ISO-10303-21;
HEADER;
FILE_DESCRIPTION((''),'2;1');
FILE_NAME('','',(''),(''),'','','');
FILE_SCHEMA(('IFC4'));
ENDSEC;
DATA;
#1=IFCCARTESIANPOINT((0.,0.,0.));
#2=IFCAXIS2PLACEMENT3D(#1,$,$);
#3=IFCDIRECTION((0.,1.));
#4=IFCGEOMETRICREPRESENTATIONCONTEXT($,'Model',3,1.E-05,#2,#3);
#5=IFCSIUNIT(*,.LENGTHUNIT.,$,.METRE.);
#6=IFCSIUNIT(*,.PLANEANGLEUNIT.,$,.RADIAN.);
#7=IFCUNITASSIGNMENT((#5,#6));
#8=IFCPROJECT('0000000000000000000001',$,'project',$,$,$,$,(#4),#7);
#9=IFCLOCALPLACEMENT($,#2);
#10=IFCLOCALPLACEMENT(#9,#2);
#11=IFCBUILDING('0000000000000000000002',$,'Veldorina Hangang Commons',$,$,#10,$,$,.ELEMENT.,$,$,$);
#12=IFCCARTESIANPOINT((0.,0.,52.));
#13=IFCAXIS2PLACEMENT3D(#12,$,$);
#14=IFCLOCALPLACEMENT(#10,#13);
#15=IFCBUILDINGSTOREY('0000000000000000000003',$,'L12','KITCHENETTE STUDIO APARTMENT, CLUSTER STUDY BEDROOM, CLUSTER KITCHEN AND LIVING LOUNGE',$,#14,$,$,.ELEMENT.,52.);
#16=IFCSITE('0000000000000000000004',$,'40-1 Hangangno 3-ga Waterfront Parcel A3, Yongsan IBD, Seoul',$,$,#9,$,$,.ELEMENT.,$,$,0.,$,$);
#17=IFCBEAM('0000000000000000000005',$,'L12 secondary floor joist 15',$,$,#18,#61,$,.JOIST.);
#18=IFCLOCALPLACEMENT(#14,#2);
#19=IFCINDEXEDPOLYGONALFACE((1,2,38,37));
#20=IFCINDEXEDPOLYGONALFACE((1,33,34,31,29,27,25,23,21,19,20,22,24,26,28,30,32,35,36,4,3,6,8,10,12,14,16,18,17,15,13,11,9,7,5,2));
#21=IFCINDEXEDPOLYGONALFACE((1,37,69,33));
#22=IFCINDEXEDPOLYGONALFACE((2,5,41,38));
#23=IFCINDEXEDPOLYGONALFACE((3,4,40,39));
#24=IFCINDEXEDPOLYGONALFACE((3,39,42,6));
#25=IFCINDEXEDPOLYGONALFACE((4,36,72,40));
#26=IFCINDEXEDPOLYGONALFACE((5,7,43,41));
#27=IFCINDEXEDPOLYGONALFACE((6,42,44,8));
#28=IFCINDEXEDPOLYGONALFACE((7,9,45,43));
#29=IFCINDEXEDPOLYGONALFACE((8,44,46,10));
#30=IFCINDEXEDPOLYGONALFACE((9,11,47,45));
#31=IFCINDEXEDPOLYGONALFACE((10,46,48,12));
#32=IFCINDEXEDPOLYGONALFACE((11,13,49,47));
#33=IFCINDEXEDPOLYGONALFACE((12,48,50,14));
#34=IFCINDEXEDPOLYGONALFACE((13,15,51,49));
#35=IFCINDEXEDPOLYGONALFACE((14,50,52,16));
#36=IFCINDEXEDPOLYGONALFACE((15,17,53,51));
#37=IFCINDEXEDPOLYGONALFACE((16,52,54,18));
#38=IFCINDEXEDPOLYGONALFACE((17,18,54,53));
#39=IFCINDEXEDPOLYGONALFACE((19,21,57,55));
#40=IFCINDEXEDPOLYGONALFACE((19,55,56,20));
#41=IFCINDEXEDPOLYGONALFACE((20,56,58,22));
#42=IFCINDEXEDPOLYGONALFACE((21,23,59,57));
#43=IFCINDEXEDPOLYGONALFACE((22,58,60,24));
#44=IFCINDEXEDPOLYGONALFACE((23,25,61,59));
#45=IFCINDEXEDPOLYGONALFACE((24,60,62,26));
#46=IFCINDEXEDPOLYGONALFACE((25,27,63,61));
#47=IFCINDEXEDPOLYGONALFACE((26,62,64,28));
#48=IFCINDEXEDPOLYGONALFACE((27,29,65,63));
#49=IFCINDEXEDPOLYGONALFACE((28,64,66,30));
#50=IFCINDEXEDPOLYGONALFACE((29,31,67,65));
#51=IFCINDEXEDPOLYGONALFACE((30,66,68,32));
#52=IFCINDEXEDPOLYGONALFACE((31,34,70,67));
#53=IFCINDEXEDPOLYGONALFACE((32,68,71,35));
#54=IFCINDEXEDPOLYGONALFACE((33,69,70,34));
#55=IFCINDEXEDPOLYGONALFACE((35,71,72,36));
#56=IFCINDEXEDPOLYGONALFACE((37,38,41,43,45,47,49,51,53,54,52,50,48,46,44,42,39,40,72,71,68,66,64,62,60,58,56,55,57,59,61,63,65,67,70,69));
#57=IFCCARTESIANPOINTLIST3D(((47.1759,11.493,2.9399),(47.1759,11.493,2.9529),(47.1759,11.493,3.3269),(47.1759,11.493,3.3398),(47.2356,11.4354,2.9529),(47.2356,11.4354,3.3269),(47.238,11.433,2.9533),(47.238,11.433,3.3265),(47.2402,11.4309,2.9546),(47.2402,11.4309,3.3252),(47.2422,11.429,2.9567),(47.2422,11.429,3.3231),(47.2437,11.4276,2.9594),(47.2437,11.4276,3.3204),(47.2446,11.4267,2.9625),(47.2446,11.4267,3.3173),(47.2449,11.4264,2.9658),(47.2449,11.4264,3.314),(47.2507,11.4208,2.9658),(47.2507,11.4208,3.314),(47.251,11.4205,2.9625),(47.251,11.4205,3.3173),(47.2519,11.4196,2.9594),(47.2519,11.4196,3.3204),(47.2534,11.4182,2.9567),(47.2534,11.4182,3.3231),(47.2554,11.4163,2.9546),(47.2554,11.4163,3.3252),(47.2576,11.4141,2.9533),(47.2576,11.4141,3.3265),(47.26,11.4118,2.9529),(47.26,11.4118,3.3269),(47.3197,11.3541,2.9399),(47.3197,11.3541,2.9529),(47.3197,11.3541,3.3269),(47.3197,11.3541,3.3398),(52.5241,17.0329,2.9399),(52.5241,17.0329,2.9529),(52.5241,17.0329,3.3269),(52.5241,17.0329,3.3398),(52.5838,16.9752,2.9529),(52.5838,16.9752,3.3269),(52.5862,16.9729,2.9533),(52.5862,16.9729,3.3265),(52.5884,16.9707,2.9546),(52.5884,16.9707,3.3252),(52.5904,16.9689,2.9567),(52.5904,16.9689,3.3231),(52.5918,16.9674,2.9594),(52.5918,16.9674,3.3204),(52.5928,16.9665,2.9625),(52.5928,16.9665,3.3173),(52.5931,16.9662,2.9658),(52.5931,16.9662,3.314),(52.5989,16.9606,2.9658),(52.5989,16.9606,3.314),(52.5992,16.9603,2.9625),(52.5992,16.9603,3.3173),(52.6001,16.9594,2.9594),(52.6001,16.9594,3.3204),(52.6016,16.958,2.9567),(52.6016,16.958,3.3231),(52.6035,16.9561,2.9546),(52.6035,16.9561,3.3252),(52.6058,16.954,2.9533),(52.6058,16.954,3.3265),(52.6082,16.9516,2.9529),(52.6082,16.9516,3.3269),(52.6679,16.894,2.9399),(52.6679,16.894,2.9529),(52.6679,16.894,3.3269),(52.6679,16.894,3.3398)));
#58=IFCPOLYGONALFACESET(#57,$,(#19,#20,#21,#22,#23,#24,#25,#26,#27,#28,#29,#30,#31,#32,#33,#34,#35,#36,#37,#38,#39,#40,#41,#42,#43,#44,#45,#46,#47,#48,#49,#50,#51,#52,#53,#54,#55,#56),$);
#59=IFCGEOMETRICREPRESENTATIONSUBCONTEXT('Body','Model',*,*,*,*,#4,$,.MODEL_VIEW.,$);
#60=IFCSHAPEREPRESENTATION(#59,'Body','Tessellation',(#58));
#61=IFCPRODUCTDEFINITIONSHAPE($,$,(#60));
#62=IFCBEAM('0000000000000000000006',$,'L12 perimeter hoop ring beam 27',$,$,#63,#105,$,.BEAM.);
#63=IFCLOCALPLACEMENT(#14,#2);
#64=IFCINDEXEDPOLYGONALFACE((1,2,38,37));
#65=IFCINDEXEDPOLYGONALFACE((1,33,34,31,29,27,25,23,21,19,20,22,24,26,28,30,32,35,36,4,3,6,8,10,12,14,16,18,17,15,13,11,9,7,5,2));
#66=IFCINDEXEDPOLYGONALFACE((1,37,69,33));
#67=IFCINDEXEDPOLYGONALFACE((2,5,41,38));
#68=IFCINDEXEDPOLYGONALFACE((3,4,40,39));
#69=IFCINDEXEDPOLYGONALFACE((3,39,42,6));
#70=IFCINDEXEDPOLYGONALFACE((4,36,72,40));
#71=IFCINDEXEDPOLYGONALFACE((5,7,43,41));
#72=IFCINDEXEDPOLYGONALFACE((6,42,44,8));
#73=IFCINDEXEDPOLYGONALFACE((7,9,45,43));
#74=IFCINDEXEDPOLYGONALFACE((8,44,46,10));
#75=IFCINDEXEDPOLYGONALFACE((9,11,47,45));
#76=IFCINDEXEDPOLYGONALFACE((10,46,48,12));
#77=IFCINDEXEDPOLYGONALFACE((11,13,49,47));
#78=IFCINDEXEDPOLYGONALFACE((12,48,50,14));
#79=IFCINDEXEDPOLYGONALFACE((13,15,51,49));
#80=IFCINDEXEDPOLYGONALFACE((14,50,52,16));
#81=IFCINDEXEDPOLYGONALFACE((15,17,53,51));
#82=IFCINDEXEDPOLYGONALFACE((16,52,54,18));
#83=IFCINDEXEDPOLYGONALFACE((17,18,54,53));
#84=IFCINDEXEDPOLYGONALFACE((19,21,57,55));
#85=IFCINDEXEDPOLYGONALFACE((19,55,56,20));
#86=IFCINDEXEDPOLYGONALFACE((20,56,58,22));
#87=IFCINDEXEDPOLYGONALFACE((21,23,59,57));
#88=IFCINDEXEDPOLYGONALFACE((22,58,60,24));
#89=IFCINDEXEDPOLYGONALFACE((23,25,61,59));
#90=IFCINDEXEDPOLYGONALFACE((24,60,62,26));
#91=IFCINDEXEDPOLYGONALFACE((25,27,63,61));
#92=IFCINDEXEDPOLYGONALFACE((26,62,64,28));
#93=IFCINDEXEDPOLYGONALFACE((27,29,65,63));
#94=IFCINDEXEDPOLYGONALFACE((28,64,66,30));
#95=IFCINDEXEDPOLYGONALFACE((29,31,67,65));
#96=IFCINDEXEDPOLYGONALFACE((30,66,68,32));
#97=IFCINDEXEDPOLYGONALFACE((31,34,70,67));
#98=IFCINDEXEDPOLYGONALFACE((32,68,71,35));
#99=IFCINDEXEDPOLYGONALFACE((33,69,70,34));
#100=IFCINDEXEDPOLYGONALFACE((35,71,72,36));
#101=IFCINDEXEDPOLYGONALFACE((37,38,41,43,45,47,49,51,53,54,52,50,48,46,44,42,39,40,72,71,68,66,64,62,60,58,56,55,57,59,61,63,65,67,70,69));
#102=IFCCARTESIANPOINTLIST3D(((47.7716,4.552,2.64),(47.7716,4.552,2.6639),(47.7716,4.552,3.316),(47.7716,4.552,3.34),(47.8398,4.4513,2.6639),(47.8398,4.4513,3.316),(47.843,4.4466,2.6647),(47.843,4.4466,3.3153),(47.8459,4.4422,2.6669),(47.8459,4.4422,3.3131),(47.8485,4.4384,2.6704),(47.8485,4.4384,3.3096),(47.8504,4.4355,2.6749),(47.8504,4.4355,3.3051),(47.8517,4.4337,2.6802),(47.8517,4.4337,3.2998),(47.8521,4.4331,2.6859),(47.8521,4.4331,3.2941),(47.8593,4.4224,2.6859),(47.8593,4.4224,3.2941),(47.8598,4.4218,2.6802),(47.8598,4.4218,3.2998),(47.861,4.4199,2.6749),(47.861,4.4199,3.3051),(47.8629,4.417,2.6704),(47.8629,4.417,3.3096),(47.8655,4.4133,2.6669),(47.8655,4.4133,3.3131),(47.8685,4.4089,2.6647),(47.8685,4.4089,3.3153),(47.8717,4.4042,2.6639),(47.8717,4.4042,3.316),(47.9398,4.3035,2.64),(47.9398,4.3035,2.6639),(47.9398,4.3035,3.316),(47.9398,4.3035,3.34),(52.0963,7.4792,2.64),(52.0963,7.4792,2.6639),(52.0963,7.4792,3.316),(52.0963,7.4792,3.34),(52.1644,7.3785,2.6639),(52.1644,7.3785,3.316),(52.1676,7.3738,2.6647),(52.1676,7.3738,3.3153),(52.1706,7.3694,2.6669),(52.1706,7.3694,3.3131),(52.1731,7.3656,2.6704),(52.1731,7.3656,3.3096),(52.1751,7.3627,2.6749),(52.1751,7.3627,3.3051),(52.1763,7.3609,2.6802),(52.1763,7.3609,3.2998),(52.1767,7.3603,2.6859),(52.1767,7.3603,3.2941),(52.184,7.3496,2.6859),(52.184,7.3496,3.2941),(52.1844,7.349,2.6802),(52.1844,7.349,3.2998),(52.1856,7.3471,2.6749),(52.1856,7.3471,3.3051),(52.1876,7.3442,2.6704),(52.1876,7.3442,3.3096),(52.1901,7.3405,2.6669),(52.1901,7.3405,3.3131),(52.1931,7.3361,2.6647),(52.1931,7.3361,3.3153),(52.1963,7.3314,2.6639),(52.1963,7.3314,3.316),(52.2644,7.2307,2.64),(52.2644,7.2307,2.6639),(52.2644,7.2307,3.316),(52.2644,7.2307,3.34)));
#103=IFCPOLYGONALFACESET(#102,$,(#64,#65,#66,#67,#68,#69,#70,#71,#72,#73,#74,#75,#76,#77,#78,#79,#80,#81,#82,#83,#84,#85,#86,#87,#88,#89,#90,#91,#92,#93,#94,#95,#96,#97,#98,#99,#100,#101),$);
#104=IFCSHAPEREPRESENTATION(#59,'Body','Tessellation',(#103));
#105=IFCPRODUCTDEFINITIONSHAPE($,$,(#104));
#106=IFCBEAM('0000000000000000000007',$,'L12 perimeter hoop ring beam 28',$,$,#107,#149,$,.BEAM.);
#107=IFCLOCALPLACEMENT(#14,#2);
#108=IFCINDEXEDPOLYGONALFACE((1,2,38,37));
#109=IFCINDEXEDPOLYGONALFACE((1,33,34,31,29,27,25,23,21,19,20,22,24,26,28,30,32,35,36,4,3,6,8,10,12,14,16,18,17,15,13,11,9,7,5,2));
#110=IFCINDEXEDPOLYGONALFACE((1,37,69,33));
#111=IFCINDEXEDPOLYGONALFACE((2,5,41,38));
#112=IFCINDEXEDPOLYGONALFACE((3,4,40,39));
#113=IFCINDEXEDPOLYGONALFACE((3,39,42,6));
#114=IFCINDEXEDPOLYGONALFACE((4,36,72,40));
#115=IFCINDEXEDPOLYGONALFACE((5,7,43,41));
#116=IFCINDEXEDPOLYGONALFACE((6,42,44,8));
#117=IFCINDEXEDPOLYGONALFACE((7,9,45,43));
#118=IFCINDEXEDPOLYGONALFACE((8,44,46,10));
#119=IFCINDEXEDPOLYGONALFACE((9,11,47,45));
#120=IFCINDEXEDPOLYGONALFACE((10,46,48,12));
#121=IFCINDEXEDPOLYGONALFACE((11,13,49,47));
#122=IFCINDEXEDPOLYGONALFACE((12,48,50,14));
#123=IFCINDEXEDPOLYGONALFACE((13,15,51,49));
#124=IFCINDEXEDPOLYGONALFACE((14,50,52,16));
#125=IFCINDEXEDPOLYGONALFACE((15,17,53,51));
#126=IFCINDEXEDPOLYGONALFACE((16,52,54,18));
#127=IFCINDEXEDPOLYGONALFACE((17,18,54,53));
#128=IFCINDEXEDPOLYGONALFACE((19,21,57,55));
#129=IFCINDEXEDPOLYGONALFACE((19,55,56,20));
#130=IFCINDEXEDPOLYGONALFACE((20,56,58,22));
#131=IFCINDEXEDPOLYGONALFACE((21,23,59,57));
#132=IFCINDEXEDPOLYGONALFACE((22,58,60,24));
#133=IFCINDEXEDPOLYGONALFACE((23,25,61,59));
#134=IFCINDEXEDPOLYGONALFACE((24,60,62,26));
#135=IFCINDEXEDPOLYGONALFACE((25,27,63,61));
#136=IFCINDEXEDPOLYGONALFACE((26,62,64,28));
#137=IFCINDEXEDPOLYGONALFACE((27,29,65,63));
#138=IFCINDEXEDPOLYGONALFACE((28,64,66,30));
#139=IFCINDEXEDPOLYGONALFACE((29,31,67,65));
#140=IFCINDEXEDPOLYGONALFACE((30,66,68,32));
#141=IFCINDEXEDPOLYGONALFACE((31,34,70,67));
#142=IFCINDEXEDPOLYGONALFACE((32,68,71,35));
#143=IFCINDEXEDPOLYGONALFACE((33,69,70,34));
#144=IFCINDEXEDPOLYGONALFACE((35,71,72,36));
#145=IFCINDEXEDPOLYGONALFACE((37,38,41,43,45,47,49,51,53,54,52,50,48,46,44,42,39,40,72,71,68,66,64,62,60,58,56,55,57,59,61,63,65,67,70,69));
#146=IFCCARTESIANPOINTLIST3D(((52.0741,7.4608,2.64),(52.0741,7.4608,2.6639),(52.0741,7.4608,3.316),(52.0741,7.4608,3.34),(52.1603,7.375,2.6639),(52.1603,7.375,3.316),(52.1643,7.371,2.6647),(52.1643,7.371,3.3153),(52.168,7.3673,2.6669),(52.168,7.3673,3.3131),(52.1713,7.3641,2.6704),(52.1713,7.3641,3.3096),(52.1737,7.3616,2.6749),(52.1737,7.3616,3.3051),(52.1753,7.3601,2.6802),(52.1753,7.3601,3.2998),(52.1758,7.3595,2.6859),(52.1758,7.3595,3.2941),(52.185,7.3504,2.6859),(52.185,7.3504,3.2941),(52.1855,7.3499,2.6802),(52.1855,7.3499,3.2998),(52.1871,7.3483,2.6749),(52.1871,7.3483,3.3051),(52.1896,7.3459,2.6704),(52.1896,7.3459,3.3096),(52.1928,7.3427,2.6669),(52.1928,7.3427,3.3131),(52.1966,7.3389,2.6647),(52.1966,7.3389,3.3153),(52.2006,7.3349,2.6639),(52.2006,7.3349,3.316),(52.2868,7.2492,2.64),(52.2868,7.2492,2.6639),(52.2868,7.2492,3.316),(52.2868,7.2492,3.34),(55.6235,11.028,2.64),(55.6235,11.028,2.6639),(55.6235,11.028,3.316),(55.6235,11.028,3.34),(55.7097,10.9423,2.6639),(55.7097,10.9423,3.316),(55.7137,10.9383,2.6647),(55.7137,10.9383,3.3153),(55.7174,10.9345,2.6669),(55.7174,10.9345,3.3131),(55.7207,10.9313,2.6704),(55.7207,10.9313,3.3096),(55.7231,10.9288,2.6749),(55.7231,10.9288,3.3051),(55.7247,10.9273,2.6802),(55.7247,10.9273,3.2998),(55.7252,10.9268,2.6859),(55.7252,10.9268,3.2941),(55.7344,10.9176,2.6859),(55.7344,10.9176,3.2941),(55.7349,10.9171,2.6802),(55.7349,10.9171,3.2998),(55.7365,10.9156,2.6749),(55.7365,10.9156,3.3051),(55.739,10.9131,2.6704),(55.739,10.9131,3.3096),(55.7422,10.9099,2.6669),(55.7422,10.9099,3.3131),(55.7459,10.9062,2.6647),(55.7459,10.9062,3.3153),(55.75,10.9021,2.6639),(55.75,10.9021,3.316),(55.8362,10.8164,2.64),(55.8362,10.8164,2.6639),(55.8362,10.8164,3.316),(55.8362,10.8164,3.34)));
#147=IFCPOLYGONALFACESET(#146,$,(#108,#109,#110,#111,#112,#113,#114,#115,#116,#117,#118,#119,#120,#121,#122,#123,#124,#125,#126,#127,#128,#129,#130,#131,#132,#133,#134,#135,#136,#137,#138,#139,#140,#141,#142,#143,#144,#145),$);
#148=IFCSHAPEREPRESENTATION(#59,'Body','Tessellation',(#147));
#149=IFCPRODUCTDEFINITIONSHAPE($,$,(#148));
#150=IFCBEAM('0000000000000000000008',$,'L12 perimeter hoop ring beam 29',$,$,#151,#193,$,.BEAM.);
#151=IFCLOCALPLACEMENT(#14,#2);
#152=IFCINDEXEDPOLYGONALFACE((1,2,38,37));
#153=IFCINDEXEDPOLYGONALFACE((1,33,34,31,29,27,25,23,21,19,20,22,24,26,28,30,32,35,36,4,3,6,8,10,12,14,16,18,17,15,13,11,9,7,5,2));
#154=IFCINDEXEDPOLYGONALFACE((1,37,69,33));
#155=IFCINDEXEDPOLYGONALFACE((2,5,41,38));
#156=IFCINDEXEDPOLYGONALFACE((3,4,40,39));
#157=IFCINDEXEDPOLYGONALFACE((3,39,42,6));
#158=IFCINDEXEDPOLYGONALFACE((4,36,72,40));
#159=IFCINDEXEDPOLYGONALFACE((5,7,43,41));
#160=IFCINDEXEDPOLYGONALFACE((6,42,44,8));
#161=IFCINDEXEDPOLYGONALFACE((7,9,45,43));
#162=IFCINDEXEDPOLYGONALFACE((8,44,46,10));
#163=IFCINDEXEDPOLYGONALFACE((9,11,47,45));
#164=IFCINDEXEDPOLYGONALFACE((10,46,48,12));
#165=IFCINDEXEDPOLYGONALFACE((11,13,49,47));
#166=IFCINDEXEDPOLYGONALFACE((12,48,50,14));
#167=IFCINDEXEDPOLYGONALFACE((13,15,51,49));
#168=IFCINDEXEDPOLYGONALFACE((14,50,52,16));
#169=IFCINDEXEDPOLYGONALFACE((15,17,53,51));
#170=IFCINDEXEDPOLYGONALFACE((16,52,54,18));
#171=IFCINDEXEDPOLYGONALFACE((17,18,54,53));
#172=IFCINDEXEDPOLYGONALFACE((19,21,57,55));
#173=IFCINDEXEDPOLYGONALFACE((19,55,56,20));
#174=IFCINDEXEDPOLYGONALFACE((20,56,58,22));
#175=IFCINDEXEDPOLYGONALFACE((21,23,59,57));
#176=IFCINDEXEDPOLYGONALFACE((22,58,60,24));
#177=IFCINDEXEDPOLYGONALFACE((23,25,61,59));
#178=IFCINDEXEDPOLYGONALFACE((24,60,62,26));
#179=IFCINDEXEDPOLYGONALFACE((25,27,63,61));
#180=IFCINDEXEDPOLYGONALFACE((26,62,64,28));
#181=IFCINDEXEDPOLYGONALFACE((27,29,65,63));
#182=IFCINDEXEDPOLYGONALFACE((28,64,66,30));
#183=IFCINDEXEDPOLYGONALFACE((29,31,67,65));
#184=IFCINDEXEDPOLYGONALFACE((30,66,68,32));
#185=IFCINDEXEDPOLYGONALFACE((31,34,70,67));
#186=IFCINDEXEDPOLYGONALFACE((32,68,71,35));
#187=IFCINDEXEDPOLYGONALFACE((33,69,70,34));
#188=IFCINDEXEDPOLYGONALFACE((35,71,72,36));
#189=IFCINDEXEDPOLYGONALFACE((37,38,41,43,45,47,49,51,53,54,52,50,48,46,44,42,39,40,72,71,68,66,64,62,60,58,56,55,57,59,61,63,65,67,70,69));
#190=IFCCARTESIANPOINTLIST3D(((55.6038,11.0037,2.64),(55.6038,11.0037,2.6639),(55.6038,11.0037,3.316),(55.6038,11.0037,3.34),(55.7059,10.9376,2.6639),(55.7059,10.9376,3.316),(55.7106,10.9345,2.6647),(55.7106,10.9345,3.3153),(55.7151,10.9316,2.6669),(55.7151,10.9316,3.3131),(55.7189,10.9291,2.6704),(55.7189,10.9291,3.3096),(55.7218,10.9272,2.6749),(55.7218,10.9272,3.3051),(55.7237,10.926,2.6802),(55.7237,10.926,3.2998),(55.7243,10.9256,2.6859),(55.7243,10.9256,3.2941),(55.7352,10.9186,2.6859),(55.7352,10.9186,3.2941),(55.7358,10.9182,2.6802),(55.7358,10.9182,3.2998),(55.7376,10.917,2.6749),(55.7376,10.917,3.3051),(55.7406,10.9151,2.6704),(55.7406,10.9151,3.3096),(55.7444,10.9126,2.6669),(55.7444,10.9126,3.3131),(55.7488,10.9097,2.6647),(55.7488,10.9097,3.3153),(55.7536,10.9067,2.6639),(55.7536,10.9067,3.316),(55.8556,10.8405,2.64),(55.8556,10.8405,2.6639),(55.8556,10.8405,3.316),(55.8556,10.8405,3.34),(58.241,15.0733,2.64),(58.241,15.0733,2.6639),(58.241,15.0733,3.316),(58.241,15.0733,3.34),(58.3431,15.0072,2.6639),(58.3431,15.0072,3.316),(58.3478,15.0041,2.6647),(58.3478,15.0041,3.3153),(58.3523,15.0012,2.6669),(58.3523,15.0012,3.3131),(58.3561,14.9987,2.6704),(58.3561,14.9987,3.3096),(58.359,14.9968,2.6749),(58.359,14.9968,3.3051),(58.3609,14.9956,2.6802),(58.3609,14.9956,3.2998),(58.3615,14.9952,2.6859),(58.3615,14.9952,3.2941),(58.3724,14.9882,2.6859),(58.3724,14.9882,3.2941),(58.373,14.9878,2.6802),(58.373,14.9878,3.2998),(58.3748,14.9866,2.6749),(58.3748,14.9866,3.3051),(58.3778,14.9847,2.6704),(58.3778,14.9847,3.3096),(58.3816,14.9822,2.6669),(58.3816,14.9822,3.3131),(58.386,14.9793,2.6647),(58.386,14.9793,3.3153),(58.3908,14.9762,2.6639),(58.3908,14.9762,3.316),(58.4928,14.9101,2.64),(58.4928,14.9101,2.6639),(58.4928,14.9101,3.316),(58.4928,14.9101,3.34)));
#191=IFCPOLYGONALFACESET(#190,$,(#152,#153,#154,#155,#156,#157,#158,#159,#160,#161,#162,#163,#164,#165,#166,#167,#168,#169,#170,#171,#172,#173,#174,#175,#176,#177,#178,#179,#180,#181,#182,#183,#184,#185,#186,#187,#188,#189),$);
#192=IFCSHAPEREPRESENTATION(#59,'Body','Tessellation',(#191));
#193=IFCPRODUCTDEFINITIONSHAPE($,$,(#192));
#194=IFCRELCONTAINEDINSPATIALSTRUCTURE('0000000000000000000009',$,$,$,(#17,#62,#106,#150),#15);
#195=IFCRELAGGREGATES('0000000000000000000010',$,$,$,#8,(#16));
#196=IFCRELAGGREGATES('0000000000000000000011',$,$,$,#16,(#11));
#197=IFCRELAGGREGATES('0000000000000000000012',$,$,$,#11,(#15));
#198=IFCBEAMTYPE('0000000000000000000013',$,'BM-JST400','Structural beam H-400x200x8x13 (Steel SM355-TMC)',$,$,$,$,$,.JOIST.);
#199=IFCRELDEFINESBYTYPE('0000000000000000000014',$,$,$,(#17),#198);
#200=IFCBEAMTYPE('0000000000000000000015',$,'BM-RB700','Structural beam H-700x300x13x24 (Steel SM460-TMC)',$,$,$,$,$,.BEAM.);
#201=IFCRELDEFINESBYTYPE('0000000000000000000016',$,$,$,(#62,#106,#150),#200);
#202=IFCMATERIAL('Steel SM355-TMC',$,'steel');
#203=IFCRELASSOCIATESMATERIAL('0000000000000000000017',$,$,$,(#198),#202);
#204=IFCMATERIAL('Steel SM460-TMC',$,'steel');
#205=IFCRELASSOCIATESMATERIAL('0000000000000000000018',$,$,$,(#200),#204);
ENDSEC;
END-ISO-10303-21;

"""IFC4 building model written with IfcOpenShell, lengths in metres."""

from ifc_helpers import new_model, si_unit, direction, frame, origin, origin_2d, place, context, subcontext, project, spatial, i_section, extrude, material, material_profile, profile_set, type_object, element, save


model = new_model("IFC4")

# Units and contexts
model_context = context("Model", 3, precision=1e-05, world=origin(), true_north=direction((0.0, 1.0)))
body_context = subcontext(model_context, "Body", "Model", "MODEL_VIEW")
ifc_project = project(units=[si_unit("LENGTHUNIT", "METRE"), si_unit("PLANEANGLEUNIT", "RADIAN")], contexts=[model_context])

# Site, building, storey
site_placement = place(None, origin())
site = spatial("IfcSite", under=ifc_project, at=site_placement, Name="40-1 Hangangno 3-ga Waterfront Parcel A3, Yongsan IBD, Seoul", CompositionType="ELEMENT", RefElevation=0.0)
building_placement = place(site_placement, origin())
building = spatial("IfcBuilding", under=site, at=building_placement, Name="Veldorina Hangang Commons", CompositionType="ELEMENT")
storey_placement = place(building_placement, frame((0.0, 0.0, 52.0)))
storey = spatial("IfcBuildingStorey", under=building, at=storey_placement, Name="L12", Description="KITCHENETTE STUDIO APARTMENT, CLUSTER STUDY BEDROOM, CLUSTER KITCHEN AND LIVING LOUNGE", CompositionType="ELEMENT", Elevation=52.0)

# Beams
ifc_material_1 = material(Name="Steel SM355-TMC", Category="steel")
ifc_material_profile_1 = material_profile(ifc_material_1, i_section(OverallWidth=0.2, OverallDepth=0.3999, WebThickness=0.0081, FlangeThickness=0.0129, FilletRadius=0.0129, at=origin_2d()), Name="H-400x200x8x13")
ifc_profile_set_1 = profile_set([ifc_material_profile_1], Name="Steel SM355-TMC")
beam_type_1 = type_object("IfcBeamType", Name="BM-JST400", Description="Structural beam H-400x200x8x13 (Steel SM355-TMC)", PredefinedType="JOIST", material=ifc_profile_set_1)
beam_1_placement = place(storey_placement, frame((47.2478, 11.4236, 3.1399), z_axis=(0.694553, 0.719442, 0.0), x_axis=(-0.719442, 0.694553, 0.0)))
element("IfcBeam", 1, at=beam_1_placement, inside=storey, type_object=beam_type_1, Name="L12 secondary floor joist 15", PredefinedType="JOIST", context=body_context, shape_type="SweptSolid", body=[
    extrude(i_section(OverallWidth=0.2, OverallDepth=0.3999, WebThickness=0.0081, FlangeThickness=0.0129, FilletRadius=0.0129, at=origin_2d()), origin(), (0.0, 0.0, 1.0), 7.7002),
])
ifc_material_2 = material(Name="Steel SM460-TMC", Category="steel")
ifc_material_profile_2 = material_profile(ifc_material_2, i_section(OverallWidth=0.3, OverallDepth=0.7, WebThickness=0.0129, FlangeThickness=0.0239, FilletRadius=0.022, at=origin_2d()), Name="H-700x300x13x24")
ifc_profile_set_2 = profile_set([ifc_material_profile_2], Name="Steel SM460-TMC")
beam_type_2 = type_object("IfcBeamType", Name="BM-RB700", Description="Structural beam H-700x300x13x24 (Steel SM460-TMC)", PredefinedType="BEAM", material=ifc_profile_set_2)
beam_2_placement = place(storey_placement, frame((47.8557, 4.4277, 2.99), z_axis=(0.828132, 0.560534, 0.0), x_axis=(-0.560534, 0.828132, 0.0)))
element("IfcBeam", 2, at=beam_2_placement, inside=storey, type_object=beam_type_2, Name="L12 perimeter hoop ring beam 27", PredefinedType="BEAM", context=body_context, shape_type="SweptSolid", body=[
    extrude(i_section(OverallWidth=0.3, OverallDepth=0.7, WebThickness=0.0129, FlangeThickness=0.0239, FilletRadius=0.022, at=origin_2d()), origin(), (0.0, 0.0, 1.0), 5.2222),
])
beam_3_placement = place(storey_placement, frame((52.1804, 7.355, 2.99), z_axis=(0.705334, 0.708875, 0.0), x_axis=(-0.708875, 0.705334, 0.0)))
element("IfcBeam", 3, at=beam_3_placement, inside=storey, type_object=beam_type_2, Name="L12 perimeter hoop ring beam 28", PredefinedType="BEAM", context=body_context, shape_type="SweptSolid", body=[
    extrude(i_section(OverallWidth=0.3, OverallDepth=0.7, WebThickness=0.0129, FlangeThickness=0.0239, FilletRadius=0.022, at=origin_2d()), origin(), (0.0, 0.0, 1.0), 5.0322),
])
beam_4_placement = place(storey_placement, frame((55.7297, 10.9221, 2.99), z_axis=(0.543825, 0.839199, 0.0), x_axis=(-0.839199, 0.543825, 0.0)))
element("IfcBeam", 4, at=beam_4_placement, inside=storey, type_object=beam_type_2, Name="L12 perimeter hoop ring beam 29", PredefinedType="BEAM", context=body_context, shape_type="SweptSolid", body=[
    extrude(i_section(OverallWidth=0.3, OverallDepth=0.7, WebThickness=0.0129, FlangeThickness=0.0239, FilletRadius=0.022, at=origin_2d()), origin(), (0.0, 0.0, 1.0), 4.8494),
])

save(model, "model.ifc")
